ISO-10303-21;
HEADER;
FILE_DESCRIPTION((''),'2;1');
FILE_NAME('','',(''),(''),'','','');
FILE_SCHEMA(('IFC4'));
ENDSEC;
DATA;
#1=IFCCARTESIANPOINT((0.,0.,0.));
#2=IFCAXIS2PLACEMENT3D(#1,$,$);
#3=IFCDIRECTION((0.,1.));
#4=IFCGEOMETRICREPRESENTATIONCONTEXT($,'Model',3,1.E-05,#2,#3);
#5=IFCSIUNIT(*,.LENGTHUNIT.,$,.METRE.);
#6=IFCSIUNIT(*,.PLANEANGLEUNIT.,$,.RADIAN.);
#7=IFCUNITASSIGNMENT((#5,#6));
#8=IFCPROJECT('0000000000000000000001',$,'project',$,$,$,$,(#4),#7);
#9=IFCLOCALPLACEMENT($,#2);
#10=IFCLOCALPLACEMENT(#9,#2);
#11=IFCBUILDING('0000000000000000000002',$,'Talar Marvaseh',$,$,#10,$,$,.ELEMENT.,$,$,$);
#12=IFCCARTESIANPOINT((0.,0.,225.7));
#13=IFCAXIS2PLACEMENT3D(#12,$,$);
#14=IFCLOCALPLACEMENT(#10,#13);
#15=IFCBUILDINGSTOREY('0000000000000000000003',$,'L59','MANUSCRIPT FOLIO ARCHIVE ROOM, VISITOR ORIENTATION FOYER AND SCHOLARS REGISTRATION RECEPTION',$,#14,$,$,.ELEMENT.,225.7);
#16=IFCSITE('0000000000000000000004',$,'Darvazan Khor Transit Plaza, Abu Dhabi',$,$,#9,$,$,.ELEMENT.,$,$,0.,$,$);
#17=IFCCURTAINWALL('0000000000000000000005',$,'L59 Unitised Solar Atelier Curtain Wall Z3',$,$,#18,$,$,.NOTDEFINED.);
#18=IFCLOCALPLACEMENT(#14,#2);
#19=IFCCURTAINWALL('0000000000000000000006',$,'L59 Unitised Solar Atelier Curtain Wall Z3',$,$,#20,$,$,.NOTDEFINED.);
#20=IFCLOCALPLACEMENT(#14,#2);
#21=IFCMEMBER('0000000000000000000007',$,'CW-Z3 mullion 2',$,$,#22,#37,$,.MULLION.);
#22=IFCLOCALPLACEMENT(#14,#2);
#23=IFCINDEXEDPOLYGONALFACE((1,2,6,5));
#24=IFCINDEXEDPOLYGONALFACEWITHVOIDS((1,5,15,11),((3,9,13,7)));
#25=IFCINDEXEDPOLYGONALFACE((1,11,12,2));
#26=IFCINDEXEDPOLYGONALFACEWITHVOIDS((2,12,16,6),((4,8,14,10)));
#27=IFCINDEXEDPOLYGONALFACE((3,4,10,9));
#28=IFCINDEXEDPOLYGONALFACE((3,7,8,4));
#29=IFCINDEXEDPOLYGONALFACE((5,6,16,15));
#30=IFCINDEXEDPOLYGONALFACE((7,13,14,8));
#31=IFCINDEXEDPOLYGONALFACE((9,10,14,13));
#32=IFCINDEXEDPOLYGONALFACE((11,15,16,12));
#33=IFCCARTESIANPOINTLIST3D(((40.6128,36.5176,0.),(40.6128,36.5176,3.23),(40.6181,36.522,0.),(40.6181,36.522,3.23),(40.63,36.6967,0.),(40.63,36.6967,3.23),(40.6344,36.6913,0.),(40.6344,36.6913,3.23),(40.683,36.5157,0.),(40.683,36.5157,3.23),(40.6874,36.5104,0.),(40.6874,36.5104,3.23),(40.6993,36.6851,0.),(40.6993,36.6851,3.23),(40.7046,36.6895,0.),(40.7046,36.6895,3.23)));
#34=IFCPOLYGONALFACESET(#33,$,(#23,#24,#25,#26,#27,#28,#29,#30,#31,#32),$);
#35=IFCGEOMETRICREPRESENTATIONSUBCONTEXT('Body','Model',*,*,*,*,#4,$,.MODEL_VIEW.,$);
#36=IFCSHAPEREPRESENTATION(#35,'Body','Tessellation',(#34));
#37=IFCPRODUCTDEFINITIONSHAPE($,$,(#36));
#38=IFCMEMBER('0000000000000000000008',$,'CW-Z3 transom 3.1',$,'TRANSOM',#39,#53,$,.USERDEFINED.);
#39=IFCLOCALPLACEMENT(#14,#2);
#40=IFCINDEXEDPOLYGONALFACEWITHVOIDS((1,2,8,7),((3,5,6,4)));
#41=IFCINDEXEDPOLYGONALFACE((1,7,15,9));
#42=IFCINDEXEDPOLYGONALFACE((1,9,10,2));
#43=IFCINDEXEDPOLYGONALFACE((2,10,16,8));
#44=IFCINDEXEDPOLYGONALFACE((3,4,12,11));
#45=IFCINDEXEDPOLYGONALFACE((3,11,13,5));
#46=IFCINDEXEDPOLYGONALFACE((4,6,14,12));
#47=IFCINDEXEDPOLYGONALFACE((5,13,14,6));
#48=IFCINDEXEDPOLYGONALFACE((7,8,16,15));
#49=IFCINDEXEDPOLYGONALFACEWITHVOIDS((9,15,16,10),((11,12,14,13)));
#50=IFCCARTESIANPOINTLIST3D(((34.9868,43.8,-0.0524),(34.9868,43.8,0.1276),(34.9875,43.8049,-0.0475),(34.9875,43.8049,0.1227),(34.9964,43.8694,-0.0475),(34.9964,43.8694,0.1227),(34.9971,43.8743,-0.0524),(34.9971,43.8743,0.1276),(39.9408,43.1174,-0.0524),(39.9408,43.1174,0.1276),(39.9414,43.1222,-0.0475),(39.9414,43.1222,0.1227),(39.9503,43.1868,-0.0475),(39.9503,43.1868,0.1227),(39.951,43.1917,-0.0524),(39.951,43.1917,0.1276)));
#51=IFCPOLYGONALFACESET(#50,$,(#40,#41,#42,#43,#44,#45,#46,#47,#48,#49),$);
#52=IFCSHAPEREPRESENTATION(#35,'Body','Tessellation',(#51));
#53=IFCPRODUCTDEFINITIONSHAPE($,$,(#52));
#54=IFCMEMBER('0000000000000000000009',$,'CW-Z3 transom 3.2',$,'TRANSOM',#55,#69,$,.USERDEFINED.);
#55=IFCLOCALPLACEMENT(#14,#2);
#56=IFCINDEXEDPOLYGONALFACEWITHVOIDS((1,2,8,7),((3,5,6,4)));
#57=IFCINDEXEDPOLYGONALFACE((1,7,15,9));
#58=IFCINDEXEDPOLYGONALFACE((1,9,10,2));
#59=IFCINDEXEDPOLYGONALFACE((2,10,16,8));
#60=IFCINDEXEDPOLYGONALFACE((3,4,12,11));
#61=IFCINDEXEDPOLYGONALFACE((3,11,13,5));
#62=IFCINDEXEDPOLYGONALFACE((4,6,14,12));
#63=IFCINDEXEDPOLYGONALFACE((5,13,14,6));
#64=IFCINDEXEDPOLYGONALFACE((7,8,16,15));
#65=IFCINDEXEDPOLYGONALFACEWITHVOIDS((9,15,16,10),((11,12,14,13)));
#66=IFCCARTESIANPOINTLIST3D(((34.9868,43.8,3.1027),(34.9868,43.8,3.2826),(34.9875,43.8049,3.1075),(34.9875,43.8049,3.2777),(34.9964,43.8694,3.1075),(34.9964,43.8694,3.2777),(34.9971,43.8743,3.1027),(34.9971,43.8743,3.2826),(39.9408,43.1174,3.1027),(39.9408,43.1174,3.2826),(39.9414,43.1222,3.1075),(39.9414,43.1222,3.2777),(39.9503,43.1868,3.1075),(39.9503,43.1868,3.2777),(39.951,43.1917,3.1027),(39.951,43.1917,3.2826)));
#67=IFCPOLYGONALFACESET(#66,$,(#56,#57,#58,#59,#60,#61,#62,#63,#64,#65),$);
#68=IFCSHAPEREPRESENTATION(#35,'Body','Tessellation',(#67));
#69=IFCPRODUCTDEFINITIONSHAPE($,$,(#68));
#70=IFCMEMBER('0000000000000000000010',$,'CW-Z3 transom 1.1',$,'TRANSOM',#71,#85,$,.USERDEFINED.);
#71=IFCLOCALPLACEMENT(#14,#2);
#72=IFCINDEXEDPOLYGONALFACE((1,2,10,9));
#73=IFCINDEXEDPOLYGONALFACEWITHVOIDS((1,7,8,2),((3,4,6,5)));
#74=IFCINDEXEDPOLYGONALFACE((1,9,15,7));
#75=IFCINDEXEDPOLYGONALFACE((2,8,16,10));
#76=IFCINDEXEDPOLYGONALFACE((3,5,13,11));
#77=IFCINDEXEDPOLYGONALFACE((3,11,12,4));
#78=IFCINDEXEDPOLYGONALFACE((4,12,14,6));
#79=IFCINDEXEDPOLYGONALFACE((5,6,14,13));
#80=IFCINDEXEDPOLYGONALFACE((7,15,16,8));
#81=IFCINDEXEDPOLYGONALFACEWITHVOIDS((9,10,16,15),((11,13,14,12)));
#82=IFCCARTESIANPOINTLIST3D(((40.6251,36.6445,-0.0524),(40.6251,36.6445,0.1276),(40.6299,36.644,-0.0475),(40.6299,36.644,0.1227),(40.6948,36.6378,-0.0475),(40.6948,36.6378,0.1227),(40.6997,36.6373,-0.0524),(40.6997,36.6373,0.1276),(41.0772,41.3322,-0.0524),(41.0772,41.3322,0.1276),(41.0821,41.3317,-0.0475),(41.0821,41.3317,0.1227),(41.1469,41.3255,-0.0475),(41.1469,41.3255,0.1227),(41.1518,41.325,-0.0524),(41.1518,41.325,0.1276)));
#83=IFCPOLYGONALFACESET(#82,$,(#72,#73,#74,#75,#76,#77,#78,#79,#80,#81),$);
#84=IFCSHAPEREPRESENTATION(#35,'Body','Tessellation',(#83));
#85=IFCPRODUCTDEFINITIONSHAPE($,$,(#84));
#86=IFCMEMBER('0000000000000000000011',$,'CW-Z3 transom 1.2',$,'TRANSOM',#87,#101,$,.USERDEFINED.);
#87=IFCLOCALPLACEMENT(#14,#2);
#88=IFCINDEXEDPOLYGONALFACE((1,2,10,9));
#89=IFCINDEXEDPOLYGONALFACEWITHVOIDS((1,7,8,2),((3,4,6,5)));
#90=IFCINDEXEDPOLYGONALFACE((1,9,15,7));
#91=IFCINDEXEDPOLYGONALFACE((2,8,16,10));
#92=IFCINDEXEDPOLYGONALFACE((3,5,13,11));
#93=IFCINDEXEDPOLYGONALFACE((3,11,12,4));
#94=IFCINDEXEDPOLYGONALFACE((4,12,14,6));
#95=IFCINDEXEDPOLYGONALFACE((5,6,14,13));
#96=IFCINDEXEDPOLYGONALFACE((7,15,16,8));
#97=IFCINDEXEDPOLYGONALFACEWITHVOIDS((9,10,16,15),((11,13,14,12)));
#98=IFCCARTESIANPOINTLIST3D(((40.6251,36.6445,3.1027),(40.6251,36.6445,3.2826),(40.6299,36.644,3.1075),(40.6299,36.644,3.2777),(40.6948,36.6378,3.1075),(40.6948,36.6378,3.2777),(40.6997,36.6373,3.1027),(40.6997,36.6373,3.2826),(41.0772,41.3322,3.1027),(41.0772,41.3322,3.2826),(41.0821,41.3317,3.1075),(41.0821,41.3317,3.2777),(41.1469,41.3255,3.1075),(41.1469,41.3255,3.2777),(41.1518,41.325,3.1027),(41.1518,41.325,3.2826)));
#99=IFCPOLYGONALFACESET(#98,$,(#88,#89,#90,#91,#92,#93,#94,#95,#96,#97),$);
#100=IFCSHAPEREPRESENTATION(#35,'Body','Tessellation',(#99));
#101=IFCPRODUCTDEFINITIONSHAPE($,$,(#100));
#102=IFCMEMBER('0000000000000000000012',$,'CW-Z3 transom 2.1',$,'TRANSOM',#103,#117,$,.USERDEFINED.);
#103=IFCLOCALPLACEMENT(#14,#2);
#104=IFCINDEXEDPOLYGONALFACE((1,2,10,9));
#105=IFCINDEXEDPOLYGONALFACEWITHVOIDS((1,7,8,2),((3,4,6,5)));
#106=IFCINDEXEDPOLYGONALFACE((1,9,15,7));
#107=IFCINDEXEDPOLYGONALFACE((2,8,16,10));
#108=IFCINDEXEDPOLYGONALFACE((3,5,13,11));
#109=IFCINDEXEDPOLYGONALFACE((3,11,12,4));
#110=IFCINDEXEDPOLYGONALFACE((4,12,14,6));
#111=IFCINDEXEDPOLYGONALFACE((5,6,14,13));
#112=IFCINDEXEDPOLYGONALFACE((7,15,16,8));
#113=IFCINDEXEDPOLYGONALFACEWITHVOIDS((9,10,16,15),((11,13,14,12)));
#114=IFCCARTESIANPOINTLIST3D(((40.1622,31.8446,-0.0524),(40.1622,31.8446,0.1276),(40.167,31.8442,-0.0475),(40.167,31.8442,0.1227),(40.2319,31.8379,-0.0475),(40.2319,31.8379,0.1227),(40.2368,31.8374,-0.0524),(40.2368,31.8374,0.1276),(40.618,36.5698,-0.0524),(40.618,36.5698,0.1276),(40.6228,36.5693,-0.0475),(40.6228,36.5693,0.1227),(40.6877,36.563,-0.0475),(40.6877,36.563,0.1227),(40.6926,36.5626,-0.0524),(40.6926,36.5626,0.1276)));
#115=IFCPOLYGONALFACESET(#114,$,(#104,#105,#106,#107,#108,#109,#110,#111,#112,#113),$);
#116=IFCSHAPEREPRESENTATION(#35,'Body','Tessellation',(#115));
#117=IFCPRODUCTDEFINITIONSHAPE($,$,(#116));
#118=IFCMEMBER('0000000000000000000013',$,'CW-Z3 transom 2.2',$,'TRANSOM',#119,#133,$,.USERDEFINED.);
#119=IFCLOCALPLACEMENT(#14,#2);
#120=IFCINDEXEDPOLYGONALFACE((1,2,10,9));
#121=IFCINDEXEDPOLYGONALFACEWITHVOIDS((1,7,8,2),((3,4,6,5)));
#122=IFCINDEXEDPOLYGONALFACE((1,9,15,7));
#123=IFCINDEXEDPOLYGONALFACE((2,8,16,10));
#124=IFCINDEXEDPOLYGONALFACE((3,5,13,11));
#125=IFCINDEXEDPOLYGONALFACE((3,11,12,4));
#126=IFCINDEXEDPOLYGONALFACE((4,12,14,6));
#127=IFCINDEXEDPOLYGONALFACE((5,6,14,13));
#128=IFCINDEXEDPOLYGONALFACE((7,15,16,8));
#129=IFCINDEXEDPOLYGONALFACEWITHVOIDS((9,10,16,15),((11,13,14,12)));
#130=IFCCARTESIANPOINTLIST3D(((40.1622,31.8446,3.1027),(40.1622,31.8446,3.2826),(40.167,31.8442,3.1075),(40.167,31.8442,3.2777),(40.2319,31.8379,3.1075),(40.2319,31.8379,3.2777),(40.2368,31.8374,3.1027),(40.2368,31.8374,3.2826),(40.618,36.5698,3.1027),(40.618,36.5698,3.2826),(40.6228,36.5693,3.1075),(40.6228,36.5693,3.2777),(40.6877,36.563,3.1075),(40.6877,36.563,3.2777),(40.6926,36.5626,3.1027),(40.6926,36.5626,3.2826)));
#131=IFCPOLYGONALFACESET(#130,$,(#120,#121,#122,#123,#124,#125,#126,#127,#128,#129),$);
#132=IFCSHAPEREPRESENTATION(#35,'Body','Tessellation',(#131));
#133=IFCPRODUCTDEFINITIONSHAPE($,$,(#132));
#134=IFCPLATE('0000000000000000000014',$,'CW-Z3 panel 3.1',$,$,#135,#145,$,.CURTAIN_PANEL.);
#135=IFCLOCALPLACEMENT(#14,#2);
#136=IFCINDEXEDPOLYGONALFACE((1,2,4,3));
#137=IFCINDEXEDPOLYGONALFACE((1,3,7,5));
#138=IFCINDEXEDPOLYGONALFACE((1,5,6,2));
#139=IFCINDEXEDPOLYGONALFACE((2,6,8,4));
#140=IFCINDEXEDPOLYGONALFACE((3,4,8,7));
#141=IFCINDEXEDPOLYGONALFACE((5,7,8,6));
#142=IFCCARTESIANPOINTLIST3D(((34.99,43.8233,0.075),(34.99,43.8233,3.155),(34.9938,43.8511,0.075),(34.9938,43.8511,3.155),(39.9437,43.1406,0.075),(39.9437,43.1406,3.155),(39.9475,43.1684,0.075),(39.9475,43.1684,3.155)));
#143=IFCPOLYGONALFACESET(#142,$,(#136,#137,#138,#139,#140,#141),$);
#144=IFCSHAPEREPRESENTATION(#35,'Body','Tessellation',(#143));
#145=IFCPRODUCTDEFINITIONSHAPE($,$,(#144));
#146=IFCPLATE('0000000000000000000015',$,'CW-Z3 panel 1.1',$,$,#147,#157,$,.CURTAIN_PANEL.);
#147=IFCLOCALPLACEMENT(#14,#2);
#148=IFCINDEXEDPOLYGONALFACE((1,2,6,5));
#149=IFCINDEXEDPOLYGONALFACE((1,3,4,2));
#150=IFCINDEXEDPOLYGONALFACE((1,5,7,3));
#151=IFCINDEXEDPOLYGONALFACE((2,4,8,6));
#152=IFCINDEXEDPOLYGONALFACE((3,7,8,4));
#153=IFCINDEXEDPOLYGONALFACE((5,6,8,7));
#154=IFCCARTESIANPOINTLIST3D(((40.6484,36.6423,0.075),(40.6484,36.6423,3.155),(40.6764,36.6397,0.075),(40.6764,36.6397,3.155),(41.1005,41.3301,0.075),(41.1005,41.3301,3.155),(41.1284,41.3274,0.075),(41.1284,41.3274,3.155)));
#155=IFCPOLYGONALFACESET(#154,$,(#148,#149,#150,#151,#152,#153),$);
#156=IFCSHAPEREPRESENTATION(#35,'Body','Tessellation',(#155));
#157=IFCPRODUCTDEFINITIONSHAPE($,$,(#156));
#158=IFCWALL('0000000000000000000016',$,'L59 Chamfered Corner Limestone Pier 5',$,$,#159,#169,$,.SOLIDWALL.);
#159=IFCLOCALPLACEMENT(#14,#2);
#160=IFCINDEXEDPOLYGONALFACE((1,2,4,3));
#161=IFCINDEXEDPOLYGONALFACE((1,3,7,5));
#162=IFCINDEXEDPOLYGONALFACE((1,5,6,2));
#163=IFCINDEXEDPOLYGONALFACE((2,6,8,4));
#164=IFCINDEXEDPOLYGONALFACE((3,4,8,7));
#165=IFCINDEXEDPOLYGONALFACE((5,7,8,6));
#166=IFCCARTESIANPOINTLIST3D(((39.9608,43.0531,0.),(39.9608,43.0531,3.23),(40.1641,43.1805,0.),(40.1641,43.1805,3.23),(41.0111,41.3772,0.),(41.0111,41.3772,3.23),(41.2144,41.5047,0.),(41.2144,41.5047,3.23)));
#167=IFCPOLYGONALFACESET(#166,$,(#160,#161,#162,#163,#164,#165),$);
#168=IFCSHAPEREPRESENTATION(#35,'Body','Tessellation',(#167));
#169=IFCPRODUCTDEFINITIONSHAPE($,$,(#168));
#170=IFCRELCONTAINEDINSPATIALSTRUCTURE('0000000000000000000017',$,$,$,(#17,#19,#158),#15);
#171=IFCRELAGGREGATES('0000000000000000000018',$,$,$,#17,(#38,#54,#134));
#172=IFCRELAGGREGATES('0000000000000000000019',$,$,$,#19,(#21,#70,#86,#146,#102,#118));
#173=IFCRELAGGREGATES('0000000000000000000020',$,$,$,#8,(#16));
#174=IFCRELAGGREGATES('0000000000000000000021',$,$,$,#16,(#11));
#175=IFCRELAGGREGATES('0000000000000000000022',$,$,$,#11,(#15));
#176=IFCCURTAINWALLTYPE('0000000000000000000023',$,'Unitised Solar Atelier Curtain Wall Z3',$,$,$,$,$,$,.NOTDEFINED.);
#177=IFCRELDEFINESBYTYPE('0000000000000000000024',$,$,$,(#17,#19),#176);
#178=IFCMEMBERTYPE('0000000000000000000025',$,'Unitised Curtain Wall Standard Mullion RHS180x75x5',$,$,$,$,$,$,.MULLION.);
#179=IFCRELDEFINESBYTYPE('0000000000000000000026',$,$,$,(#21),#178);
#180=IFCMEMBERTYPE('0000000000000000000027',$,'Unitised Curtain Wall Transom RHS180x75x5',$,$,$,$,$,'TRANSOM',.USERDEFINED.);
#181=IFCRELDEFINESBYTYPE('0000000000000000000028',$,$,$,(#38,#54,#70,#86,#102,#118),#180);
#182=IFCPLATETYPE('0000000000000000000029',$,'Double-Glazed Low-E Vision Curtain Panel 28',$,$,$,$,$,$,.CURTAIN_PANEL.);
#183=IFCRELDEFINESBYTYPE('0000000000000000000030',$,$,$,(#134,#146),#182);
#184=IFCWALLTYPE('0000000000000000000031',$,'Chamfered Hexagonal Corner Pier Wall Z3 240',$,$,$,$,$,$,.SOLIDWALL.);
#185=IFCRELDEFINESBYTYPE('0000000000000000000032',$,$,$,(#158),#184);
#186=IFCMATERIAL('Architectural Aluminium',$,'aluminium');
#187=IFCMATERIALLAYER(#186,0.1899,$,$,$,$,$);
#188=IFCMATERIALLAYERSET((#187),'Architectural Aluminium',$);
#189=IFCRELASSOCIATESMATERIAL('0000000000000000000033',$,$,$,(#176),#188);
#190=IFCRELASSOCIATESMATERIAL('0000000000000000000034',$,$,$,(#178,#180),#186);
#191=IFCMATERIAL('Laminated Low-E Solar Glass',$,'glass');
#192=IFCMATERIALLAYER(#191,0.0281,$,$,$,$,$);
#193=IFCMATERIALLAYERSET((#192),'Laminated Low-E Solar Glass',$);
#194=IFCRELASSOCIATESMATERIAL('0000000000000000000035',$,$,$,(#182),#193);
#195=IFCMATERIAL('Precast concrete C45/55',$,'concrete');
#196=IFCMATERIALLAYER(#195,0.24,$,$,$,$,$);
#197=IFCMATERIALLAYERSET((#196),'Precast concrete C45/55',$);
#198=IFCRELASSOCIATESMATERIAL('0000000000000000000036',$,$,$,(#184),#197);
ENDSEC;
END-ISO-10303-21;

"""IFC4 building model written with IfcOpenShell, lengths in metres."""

from ifc_helpers import new_model, si_unit, direction, frame, frame_2d, origin, origin_2d, place, context, subcontext, project, spatial, rectangle, hollow_rectangle, extrude, source, transform, mapped, material, layer, layer_set, material_profile, profile_set, type_object, type_shapes, element, aggregate, save


model = new_model("IFC4")

# Units and contexts
model_context = context("Model", 3, precision=1e-05, world=origin(), true_north=direction((0.0, 1.0)))
body_context = subcontext(model_context, "Body", "Model", "MODEL_VIEW")
ifc_project = project(units=[si_unit("LENGTHUNIT", "METRE"), si_unit("PLANEANGLEUNIT", "RADIAN")], contexts=[model_context])

# Site, building, storey
site_placement = place(None, origin())
site = spatial("IfcSite", under=ifc_project, at=site_placement, Name="Darvazan Khor Transit Plaza, Abu Dhabi", CompositionType="ELEMENT", RefElevation=0.0)
building_placement = place(site_placement, origin())
building = spatial("IfcBuilding", under=site, at=building_placement, Name="Talar Marvaseh", CompositionType="ELEMENT")
storey_placement = place(building_placement, frame((0.0, 0.0, 225.7)))
storey = spatial("IfcBuildingStorey", under=building, at=storey_placement, Name="L59", Description="MANUSCRIPT FOLIO ARCHIVE ROOM, VISITOR ORIENTATION FOYER AND SCHOLARS REGISTRATION RECEPTION", CompositionType="ELEMENT", Elevation=225.7)

# Curtain walls, member
ifc_material_1 = material(Name="Architectural Aluminium", Category="aluminium")
ifc_layer_1 = layer(ifc_material_1, 0.1899)
ifc_layer_set_1 = layer_set([ifc_layer_1], Name="Architectural Aluminium")
curtain_wall_type = type_object("IfcCurtainWallType", Name="Unitised Solar Atelier Curtain Wall Z3", PredefinedType="NOTDEFINED", material=ifc_layer_set_1)
curtain_wall_1_placement = place(storey_placement, origin())
curtain_wall_1 = element("IfcCurtainWall", 1, at=curtain_wall_1_placement, inside=storey, type_object=curtain_wall_type, Name="L59 Unitised Solar Atelier Curtain Wall Z3", PredefinedType="NOTDEFINED")
ifc_material_profile_1 = material_profile(ifc_material_1, hollow_rectangle(XDim=0.075, YDim=0.1799, WallThickness=0.0049, at=origin_2d()), Name="RHS180x75x5")
ifc_profile_set_1 = profile_set([ifc_material_profile_1], Name="Architectural Aluminium")
member_type_1 = type_object("IfcMemberType", Name="Unitised Curtain Wall Standard Mullion RHS180x75x5", PredefinedType="MULLION", material=ifc_profile_set_1)
shared_shape_1 = source(origin(), body_context, "Body", "SweptSolid", [
    extrude(hollow_rectangle(XDim=0.075, YDim=0.1799, WallThickness=0.0049, at=origin_2d()), origin(), (0.0, 0.0, 1.0), 3.23),
])
type_shapes(member_type_1, [shared_shape_1])
curtain_wall_2_placement = place(storey_placement, origin())
curtain_wall_2 = element("IfcCurtainWall", 2, at=curtain_wall_2_placement, inside=storey, type_object=curtain_wall_type, Name="L59 Unitised Solar Atelier Curtain Wall Z3", PredefinedType="NOTDEFINED")
member_1_placement = place(storey_placement, frame((40.6587, 36.6035, 0.0), z_axis=(0.0, 0.0, 1.0), x_axis=(0.995382, -0.095997, 0.0)))
member_1 = element("IfcMember", 3, at=member_1_placement, type_object=member_type_1, Name="CW-Z3 mullion 2", PredefinedType="MULLION", context=body_context, shape_type="MappedRepresentation", body=[
    mapped(shared_shape_1, transform((0.0, 0.0, 0.0), x_axis=(1.0, 0.0, 0.0), y_axis=(0.0, 1.0, 0.0), z_axis=(0.0, 0.0, 1.0), scale=1.0)),
])

# Members
ifc_material_profile_2 = material_profile(ifc_material_1, hollow_rectangle(XDim=0.075, YDim=0.1799, WallThickness=0.0049, at=origin_2d()), Name="RHS180x75x5")
ifc_profile_set_2 = profile_set([ifc_material_profile_2], Name="Architectural Aluminium")
member_type_2 = type_object("IfcMemberType", Name="Unitised Curtain Wall Transom RHS180x75x5", ElementType="TRANSOM", PredefinedType="USERDEFINED", material=ifc_profile_set_2)
shared_shape_2 = source(origin(), body_context, "Body", "SweptSolid", [
    extrude(hollow_rectangle(XDim=0.075, YDim=0.1799, WallThickness=0.0049, at=origin_2d()), origin(), (0.0, 0.0, 1.0), 5.0007),
])
member_2_placement = place(storey_placement, frame((34.9919, 43.8372, 0.0376), z_axis=(0.990639, -0.136505, 0.0), x_axis=(0.136505, 0.990639, 0.0)))
member_2 = element("IfcMember", 4, at=member_2_placement, type_object=member_type_2, Name="CW-Z3 transom 3.1", ObjectType="TRANSOM", PredefinedType="USERDEFINED", context=body_context, shape_type="MappedRepresentation", body=[
    mapped(shared_shape_2, transform((0.0, 0.0, 0.0), x_axis=(1.0, 0.0, 0.0), y_axis=(0.0, 1.0, 0.0), z_axis=(0.0, 0.0, 1.0), scale=1.0)),
])
member_3_placement = place(storey_placement, frame((34.9919, 43.8372, 3.1926), z_axis=(0.990639, -0.136505, 0.0), x_axis=(0.136505, 0.990639, 0.0)))
member_3 = element("IfcMember", 5, at=member_3_placement, type_object=member_type_2, Name="CW-Z3 transom 3.2", ObjectType="TRANSOM", PredefinedType="USERDEFINED", context=body_context, shape_type="MappedRepresentation", body=[
    mapped(shared_shape_2, transform((0.0, 0.0, 0.0), x_axis=(1.0, 0.0, 0.0), y_axis=(0.0, 1.0, 0.0), z_axis=(0.0, 0.0, 1.0), scale=1.0)),
])
shared_shape_3 = source(origin(), body_context, "Body", "SweptSolid", [
    extrude(hollow_rectangle(XDim=0.075, YDim=0.1799, WallThickness=0.0049, at=origin_2d()), origin(), (0.0, 0.0, 1.0), 4.7095),
])
member_4_placement = place(storey_placement, frame((41.1145, 41.3286, 0.0376), z_axis=(-0.096008, -0.995381, 0.0), x_axis=(0.995381, -0.096008, 0.0)))
member_4 = element("IfcMember", 6, at=member_4_placement, type_object=member_type_2, Name="CW-Z3 transom 1.1", ObjectType="TRANSOM", PredefinedType="USERDEFINED", context=body_context, shape_type="MappedRepresentation", body=[
    mapped(shared_shape_3, transform((0.0, 0.0, 0.0), x_axis=(1.0, 0.0, 0.0), y_axis=(0.0, 1.0, 0.0), z_axis=(0.0, 0.0, 1.0), scale=1.0)),
])
member_5_placement = place(storey_placement, frame((41.1145, 41.3286, 3.1926), z_axis=(-0.096008, -0.995381, 0.0), x_axis=(0.995381, -0.096008, 0.0)))
member_5 = element("IfcMember", 7, at=member_5_placement, type_object=member_type_2, Name="CW-Z3 transom 1.2", ObjectType="TRANSOM", PredefinedType="USERDEFINED", context=body_context, shape_type="MappedRepresentation", body=[
    mapped(shared_shape_3, transform((0.0, 0.0, 0.0), x_axis=(1.0, 0.0, 0.0), y_axis=(0.0, 1.0, 0.0), z_axis=(0.0, 0.0, 1.0), scale=1.0)),
])
shared_shape_4 = source(origin(), body_context, "Body", "SweptSolid", [
    extrude(hollow_rectangle(XDim=0.075, YDim=0.1799, WallThickness=0.0049, at=origin_2d()), origin(), (0.0, 0.0, 1.0), 4.7471),
])
type_shapes(member_type_2, [shared_shape_2, shared_shape_3, shared_shape_4])
member_6_placement = place(storey_placement, frame((40.6553, 36.5662, 0.0376), z_axis=(-0.09602, -0.995379, 0.0), x_axis=(0.995379, -0.09602, 0.0)))
member_6 = element("IfcMember", 8, at=member_6_placement, type_object=member_type_2, Name="CW-Z3 transom 2.1", ObjectType="TRANSOM", PredefinedType="USERDEFINED", context=body_context, shape_type="MappedRepresentation", body=[
    mapped(shared_shape_4, transform((0.0, 0.0, 0.0), x_axis=(1.0, 0.0, 0.0), y_axis=(0.0, 1.0, 0.0), z_axis=(0.0, 0.0, 1.0), scale=1.0)),
])
member_7_placement = place(storey_placement, frame((40.6553, 36.5662, 3.1926), z_axis=(-0.09602, -0.995379, 0.0), x_axis=(0.995379, -0.09602, 0.0)))
member_7 = element("IfcMember", 9, at=member_7_placement, type_object=member_type_2, Name="CW-Z3 transom 2.2", ObjectType="TRANSOM", PredefinedType="USERDEFINED", context=body_context, shape_type="MappedRepresentation", body=[
    mapped(shared_shape_4, transform((0.0, 0.0, 0.0), x_axis=(1.0, 0.0, 0.0), y_axis=(0.0, 1.0, 0.0), z_axis=(0.0, 0.0, 1.0), scale=1.0)),
])

# Plates
ifc_material_2 = material(Name="Laminated Low-E Solar Glass", Category="glass")
ifc_layer_2 = layer(ifc_material_2, 0.0281)
ifc_layer_set_2 = layer_set([ifc_layer_2], Name="Laminated Low-E Solar Glass")
plate_type = type_object("IfcPlateType", Name="Double-Glazed Low-E Vision Curtain Panel 28", PredefinedType="CURTAIN_PANEL", material=ifc_layer_set_2)
shared_shape_5 = source(origin(), body_context, "Body", "SweptSolid", [
    extrude(rectangle(XDim=5.0005, YDim=0.0281, at=origin_2d()), origin(), (0.0, 0.0, 1.0), 3.0801),
])
plate_1_placement = place(storey_placement, frame((37.4688, 43.4958, 0.075), z_axis=(0.0, 0.0, 1.0), x_axis=(0.990638, -0.136515, 0.0)))
plate_1 = element("IfcPlate", 10, at=plate_1_placement, type_object=plate_type, Name="CW-Z3 panel 3.1", PredefinedType="CURTAIN_PANEL", context=body_context, shape_type="MappedRepresentation", body=[
    mapped(shared_shape_5, transform((0.0, 0.0, 0.0), x_axis=(1.0, 0.0, 0.0), y_axis=(0.0, 1.0, 0.0), z_axis=(0.0, 0.0, 1.0), scale=1.0)),
])
aggregate(curtain_wall_1, [member_2, member_3, plate_1])
shared_shape_6 = source(origin(), body_context, "Body", "SweptSolid", [
    extrude(rectangle(XDim=4.7095, YDim=0.0281, at=origin_2d()), origin(), (0.0, 0.0, 1.0), 3.0801),
])
type_shapes(plate_type, [shared_shape_5, shared_shape_6])
plate_2_placement = place(storey_placement, frame((40.8884, 38.9849, 0.075), z_axis=(0.0, 0.0, 1.0), x_axis=(-0.095997, -0.995382, 0.0)))
plate_2 = element("IfcPlate", 11, at=plate_2_placement, type_object=plate_type, Name="CW-Z3 panel 1.1", PredefinedType="CURTAIN_PANEL", context=body_context, shape_type="MappedRepresentation", body=[
    mapped(shared_shape_6, transform((0.0, 0.0, 0.0), x_axis=(1.0, 0.0, 0.0), y_axis=(0.0, 1.0, 0.0), z_axis=(0.0, 0.0, 1.0), scale=1.0)),
])
aggregate(curtain_wall_2, [member_1, member_4, member_5, plate_2, member_6, member_7])

# Wall
ifc_material_3 = material(Name="Precast concrete C45/55", Category="concrete")
ifc_layer_3 = layer(ifc_material_3, 0.24)
ifc_layer_set_3 = layer_set([ifc_layer_3], Name="Precast concrete C45/55")
wall_type_1 = type_object("IfcWallType", Name="Chamfered Hexagonal Corner Pier Wall Z3 240", PredefinedType="SOLIDWALL", material=ifc_layer_set_3)
wall_1_placement = place(storey_placement, frame((40.0625, 43.1167, 0.0), z_axis=(0.0, 0.0, 1.0), x_axis=(0.531064, -0.847332, 0.0)))
element("IfcWall", 12, at=wall_1_placement, inside=storey, type_object=wall_type_1, Name="L59 Chamfered Corner Limestone Pier 5", PredefinedType="SOLIDWALL", context=body_context, shape_type="SweptSolid", body=[
    extrude(rectangle(XDim=1.9778, YDim=0.24, at=frame_2d((0.9888, 0.0))), origin(), (0.0, 0.0, 1.0), 3.23),
])

save(model, "model.ifc")
